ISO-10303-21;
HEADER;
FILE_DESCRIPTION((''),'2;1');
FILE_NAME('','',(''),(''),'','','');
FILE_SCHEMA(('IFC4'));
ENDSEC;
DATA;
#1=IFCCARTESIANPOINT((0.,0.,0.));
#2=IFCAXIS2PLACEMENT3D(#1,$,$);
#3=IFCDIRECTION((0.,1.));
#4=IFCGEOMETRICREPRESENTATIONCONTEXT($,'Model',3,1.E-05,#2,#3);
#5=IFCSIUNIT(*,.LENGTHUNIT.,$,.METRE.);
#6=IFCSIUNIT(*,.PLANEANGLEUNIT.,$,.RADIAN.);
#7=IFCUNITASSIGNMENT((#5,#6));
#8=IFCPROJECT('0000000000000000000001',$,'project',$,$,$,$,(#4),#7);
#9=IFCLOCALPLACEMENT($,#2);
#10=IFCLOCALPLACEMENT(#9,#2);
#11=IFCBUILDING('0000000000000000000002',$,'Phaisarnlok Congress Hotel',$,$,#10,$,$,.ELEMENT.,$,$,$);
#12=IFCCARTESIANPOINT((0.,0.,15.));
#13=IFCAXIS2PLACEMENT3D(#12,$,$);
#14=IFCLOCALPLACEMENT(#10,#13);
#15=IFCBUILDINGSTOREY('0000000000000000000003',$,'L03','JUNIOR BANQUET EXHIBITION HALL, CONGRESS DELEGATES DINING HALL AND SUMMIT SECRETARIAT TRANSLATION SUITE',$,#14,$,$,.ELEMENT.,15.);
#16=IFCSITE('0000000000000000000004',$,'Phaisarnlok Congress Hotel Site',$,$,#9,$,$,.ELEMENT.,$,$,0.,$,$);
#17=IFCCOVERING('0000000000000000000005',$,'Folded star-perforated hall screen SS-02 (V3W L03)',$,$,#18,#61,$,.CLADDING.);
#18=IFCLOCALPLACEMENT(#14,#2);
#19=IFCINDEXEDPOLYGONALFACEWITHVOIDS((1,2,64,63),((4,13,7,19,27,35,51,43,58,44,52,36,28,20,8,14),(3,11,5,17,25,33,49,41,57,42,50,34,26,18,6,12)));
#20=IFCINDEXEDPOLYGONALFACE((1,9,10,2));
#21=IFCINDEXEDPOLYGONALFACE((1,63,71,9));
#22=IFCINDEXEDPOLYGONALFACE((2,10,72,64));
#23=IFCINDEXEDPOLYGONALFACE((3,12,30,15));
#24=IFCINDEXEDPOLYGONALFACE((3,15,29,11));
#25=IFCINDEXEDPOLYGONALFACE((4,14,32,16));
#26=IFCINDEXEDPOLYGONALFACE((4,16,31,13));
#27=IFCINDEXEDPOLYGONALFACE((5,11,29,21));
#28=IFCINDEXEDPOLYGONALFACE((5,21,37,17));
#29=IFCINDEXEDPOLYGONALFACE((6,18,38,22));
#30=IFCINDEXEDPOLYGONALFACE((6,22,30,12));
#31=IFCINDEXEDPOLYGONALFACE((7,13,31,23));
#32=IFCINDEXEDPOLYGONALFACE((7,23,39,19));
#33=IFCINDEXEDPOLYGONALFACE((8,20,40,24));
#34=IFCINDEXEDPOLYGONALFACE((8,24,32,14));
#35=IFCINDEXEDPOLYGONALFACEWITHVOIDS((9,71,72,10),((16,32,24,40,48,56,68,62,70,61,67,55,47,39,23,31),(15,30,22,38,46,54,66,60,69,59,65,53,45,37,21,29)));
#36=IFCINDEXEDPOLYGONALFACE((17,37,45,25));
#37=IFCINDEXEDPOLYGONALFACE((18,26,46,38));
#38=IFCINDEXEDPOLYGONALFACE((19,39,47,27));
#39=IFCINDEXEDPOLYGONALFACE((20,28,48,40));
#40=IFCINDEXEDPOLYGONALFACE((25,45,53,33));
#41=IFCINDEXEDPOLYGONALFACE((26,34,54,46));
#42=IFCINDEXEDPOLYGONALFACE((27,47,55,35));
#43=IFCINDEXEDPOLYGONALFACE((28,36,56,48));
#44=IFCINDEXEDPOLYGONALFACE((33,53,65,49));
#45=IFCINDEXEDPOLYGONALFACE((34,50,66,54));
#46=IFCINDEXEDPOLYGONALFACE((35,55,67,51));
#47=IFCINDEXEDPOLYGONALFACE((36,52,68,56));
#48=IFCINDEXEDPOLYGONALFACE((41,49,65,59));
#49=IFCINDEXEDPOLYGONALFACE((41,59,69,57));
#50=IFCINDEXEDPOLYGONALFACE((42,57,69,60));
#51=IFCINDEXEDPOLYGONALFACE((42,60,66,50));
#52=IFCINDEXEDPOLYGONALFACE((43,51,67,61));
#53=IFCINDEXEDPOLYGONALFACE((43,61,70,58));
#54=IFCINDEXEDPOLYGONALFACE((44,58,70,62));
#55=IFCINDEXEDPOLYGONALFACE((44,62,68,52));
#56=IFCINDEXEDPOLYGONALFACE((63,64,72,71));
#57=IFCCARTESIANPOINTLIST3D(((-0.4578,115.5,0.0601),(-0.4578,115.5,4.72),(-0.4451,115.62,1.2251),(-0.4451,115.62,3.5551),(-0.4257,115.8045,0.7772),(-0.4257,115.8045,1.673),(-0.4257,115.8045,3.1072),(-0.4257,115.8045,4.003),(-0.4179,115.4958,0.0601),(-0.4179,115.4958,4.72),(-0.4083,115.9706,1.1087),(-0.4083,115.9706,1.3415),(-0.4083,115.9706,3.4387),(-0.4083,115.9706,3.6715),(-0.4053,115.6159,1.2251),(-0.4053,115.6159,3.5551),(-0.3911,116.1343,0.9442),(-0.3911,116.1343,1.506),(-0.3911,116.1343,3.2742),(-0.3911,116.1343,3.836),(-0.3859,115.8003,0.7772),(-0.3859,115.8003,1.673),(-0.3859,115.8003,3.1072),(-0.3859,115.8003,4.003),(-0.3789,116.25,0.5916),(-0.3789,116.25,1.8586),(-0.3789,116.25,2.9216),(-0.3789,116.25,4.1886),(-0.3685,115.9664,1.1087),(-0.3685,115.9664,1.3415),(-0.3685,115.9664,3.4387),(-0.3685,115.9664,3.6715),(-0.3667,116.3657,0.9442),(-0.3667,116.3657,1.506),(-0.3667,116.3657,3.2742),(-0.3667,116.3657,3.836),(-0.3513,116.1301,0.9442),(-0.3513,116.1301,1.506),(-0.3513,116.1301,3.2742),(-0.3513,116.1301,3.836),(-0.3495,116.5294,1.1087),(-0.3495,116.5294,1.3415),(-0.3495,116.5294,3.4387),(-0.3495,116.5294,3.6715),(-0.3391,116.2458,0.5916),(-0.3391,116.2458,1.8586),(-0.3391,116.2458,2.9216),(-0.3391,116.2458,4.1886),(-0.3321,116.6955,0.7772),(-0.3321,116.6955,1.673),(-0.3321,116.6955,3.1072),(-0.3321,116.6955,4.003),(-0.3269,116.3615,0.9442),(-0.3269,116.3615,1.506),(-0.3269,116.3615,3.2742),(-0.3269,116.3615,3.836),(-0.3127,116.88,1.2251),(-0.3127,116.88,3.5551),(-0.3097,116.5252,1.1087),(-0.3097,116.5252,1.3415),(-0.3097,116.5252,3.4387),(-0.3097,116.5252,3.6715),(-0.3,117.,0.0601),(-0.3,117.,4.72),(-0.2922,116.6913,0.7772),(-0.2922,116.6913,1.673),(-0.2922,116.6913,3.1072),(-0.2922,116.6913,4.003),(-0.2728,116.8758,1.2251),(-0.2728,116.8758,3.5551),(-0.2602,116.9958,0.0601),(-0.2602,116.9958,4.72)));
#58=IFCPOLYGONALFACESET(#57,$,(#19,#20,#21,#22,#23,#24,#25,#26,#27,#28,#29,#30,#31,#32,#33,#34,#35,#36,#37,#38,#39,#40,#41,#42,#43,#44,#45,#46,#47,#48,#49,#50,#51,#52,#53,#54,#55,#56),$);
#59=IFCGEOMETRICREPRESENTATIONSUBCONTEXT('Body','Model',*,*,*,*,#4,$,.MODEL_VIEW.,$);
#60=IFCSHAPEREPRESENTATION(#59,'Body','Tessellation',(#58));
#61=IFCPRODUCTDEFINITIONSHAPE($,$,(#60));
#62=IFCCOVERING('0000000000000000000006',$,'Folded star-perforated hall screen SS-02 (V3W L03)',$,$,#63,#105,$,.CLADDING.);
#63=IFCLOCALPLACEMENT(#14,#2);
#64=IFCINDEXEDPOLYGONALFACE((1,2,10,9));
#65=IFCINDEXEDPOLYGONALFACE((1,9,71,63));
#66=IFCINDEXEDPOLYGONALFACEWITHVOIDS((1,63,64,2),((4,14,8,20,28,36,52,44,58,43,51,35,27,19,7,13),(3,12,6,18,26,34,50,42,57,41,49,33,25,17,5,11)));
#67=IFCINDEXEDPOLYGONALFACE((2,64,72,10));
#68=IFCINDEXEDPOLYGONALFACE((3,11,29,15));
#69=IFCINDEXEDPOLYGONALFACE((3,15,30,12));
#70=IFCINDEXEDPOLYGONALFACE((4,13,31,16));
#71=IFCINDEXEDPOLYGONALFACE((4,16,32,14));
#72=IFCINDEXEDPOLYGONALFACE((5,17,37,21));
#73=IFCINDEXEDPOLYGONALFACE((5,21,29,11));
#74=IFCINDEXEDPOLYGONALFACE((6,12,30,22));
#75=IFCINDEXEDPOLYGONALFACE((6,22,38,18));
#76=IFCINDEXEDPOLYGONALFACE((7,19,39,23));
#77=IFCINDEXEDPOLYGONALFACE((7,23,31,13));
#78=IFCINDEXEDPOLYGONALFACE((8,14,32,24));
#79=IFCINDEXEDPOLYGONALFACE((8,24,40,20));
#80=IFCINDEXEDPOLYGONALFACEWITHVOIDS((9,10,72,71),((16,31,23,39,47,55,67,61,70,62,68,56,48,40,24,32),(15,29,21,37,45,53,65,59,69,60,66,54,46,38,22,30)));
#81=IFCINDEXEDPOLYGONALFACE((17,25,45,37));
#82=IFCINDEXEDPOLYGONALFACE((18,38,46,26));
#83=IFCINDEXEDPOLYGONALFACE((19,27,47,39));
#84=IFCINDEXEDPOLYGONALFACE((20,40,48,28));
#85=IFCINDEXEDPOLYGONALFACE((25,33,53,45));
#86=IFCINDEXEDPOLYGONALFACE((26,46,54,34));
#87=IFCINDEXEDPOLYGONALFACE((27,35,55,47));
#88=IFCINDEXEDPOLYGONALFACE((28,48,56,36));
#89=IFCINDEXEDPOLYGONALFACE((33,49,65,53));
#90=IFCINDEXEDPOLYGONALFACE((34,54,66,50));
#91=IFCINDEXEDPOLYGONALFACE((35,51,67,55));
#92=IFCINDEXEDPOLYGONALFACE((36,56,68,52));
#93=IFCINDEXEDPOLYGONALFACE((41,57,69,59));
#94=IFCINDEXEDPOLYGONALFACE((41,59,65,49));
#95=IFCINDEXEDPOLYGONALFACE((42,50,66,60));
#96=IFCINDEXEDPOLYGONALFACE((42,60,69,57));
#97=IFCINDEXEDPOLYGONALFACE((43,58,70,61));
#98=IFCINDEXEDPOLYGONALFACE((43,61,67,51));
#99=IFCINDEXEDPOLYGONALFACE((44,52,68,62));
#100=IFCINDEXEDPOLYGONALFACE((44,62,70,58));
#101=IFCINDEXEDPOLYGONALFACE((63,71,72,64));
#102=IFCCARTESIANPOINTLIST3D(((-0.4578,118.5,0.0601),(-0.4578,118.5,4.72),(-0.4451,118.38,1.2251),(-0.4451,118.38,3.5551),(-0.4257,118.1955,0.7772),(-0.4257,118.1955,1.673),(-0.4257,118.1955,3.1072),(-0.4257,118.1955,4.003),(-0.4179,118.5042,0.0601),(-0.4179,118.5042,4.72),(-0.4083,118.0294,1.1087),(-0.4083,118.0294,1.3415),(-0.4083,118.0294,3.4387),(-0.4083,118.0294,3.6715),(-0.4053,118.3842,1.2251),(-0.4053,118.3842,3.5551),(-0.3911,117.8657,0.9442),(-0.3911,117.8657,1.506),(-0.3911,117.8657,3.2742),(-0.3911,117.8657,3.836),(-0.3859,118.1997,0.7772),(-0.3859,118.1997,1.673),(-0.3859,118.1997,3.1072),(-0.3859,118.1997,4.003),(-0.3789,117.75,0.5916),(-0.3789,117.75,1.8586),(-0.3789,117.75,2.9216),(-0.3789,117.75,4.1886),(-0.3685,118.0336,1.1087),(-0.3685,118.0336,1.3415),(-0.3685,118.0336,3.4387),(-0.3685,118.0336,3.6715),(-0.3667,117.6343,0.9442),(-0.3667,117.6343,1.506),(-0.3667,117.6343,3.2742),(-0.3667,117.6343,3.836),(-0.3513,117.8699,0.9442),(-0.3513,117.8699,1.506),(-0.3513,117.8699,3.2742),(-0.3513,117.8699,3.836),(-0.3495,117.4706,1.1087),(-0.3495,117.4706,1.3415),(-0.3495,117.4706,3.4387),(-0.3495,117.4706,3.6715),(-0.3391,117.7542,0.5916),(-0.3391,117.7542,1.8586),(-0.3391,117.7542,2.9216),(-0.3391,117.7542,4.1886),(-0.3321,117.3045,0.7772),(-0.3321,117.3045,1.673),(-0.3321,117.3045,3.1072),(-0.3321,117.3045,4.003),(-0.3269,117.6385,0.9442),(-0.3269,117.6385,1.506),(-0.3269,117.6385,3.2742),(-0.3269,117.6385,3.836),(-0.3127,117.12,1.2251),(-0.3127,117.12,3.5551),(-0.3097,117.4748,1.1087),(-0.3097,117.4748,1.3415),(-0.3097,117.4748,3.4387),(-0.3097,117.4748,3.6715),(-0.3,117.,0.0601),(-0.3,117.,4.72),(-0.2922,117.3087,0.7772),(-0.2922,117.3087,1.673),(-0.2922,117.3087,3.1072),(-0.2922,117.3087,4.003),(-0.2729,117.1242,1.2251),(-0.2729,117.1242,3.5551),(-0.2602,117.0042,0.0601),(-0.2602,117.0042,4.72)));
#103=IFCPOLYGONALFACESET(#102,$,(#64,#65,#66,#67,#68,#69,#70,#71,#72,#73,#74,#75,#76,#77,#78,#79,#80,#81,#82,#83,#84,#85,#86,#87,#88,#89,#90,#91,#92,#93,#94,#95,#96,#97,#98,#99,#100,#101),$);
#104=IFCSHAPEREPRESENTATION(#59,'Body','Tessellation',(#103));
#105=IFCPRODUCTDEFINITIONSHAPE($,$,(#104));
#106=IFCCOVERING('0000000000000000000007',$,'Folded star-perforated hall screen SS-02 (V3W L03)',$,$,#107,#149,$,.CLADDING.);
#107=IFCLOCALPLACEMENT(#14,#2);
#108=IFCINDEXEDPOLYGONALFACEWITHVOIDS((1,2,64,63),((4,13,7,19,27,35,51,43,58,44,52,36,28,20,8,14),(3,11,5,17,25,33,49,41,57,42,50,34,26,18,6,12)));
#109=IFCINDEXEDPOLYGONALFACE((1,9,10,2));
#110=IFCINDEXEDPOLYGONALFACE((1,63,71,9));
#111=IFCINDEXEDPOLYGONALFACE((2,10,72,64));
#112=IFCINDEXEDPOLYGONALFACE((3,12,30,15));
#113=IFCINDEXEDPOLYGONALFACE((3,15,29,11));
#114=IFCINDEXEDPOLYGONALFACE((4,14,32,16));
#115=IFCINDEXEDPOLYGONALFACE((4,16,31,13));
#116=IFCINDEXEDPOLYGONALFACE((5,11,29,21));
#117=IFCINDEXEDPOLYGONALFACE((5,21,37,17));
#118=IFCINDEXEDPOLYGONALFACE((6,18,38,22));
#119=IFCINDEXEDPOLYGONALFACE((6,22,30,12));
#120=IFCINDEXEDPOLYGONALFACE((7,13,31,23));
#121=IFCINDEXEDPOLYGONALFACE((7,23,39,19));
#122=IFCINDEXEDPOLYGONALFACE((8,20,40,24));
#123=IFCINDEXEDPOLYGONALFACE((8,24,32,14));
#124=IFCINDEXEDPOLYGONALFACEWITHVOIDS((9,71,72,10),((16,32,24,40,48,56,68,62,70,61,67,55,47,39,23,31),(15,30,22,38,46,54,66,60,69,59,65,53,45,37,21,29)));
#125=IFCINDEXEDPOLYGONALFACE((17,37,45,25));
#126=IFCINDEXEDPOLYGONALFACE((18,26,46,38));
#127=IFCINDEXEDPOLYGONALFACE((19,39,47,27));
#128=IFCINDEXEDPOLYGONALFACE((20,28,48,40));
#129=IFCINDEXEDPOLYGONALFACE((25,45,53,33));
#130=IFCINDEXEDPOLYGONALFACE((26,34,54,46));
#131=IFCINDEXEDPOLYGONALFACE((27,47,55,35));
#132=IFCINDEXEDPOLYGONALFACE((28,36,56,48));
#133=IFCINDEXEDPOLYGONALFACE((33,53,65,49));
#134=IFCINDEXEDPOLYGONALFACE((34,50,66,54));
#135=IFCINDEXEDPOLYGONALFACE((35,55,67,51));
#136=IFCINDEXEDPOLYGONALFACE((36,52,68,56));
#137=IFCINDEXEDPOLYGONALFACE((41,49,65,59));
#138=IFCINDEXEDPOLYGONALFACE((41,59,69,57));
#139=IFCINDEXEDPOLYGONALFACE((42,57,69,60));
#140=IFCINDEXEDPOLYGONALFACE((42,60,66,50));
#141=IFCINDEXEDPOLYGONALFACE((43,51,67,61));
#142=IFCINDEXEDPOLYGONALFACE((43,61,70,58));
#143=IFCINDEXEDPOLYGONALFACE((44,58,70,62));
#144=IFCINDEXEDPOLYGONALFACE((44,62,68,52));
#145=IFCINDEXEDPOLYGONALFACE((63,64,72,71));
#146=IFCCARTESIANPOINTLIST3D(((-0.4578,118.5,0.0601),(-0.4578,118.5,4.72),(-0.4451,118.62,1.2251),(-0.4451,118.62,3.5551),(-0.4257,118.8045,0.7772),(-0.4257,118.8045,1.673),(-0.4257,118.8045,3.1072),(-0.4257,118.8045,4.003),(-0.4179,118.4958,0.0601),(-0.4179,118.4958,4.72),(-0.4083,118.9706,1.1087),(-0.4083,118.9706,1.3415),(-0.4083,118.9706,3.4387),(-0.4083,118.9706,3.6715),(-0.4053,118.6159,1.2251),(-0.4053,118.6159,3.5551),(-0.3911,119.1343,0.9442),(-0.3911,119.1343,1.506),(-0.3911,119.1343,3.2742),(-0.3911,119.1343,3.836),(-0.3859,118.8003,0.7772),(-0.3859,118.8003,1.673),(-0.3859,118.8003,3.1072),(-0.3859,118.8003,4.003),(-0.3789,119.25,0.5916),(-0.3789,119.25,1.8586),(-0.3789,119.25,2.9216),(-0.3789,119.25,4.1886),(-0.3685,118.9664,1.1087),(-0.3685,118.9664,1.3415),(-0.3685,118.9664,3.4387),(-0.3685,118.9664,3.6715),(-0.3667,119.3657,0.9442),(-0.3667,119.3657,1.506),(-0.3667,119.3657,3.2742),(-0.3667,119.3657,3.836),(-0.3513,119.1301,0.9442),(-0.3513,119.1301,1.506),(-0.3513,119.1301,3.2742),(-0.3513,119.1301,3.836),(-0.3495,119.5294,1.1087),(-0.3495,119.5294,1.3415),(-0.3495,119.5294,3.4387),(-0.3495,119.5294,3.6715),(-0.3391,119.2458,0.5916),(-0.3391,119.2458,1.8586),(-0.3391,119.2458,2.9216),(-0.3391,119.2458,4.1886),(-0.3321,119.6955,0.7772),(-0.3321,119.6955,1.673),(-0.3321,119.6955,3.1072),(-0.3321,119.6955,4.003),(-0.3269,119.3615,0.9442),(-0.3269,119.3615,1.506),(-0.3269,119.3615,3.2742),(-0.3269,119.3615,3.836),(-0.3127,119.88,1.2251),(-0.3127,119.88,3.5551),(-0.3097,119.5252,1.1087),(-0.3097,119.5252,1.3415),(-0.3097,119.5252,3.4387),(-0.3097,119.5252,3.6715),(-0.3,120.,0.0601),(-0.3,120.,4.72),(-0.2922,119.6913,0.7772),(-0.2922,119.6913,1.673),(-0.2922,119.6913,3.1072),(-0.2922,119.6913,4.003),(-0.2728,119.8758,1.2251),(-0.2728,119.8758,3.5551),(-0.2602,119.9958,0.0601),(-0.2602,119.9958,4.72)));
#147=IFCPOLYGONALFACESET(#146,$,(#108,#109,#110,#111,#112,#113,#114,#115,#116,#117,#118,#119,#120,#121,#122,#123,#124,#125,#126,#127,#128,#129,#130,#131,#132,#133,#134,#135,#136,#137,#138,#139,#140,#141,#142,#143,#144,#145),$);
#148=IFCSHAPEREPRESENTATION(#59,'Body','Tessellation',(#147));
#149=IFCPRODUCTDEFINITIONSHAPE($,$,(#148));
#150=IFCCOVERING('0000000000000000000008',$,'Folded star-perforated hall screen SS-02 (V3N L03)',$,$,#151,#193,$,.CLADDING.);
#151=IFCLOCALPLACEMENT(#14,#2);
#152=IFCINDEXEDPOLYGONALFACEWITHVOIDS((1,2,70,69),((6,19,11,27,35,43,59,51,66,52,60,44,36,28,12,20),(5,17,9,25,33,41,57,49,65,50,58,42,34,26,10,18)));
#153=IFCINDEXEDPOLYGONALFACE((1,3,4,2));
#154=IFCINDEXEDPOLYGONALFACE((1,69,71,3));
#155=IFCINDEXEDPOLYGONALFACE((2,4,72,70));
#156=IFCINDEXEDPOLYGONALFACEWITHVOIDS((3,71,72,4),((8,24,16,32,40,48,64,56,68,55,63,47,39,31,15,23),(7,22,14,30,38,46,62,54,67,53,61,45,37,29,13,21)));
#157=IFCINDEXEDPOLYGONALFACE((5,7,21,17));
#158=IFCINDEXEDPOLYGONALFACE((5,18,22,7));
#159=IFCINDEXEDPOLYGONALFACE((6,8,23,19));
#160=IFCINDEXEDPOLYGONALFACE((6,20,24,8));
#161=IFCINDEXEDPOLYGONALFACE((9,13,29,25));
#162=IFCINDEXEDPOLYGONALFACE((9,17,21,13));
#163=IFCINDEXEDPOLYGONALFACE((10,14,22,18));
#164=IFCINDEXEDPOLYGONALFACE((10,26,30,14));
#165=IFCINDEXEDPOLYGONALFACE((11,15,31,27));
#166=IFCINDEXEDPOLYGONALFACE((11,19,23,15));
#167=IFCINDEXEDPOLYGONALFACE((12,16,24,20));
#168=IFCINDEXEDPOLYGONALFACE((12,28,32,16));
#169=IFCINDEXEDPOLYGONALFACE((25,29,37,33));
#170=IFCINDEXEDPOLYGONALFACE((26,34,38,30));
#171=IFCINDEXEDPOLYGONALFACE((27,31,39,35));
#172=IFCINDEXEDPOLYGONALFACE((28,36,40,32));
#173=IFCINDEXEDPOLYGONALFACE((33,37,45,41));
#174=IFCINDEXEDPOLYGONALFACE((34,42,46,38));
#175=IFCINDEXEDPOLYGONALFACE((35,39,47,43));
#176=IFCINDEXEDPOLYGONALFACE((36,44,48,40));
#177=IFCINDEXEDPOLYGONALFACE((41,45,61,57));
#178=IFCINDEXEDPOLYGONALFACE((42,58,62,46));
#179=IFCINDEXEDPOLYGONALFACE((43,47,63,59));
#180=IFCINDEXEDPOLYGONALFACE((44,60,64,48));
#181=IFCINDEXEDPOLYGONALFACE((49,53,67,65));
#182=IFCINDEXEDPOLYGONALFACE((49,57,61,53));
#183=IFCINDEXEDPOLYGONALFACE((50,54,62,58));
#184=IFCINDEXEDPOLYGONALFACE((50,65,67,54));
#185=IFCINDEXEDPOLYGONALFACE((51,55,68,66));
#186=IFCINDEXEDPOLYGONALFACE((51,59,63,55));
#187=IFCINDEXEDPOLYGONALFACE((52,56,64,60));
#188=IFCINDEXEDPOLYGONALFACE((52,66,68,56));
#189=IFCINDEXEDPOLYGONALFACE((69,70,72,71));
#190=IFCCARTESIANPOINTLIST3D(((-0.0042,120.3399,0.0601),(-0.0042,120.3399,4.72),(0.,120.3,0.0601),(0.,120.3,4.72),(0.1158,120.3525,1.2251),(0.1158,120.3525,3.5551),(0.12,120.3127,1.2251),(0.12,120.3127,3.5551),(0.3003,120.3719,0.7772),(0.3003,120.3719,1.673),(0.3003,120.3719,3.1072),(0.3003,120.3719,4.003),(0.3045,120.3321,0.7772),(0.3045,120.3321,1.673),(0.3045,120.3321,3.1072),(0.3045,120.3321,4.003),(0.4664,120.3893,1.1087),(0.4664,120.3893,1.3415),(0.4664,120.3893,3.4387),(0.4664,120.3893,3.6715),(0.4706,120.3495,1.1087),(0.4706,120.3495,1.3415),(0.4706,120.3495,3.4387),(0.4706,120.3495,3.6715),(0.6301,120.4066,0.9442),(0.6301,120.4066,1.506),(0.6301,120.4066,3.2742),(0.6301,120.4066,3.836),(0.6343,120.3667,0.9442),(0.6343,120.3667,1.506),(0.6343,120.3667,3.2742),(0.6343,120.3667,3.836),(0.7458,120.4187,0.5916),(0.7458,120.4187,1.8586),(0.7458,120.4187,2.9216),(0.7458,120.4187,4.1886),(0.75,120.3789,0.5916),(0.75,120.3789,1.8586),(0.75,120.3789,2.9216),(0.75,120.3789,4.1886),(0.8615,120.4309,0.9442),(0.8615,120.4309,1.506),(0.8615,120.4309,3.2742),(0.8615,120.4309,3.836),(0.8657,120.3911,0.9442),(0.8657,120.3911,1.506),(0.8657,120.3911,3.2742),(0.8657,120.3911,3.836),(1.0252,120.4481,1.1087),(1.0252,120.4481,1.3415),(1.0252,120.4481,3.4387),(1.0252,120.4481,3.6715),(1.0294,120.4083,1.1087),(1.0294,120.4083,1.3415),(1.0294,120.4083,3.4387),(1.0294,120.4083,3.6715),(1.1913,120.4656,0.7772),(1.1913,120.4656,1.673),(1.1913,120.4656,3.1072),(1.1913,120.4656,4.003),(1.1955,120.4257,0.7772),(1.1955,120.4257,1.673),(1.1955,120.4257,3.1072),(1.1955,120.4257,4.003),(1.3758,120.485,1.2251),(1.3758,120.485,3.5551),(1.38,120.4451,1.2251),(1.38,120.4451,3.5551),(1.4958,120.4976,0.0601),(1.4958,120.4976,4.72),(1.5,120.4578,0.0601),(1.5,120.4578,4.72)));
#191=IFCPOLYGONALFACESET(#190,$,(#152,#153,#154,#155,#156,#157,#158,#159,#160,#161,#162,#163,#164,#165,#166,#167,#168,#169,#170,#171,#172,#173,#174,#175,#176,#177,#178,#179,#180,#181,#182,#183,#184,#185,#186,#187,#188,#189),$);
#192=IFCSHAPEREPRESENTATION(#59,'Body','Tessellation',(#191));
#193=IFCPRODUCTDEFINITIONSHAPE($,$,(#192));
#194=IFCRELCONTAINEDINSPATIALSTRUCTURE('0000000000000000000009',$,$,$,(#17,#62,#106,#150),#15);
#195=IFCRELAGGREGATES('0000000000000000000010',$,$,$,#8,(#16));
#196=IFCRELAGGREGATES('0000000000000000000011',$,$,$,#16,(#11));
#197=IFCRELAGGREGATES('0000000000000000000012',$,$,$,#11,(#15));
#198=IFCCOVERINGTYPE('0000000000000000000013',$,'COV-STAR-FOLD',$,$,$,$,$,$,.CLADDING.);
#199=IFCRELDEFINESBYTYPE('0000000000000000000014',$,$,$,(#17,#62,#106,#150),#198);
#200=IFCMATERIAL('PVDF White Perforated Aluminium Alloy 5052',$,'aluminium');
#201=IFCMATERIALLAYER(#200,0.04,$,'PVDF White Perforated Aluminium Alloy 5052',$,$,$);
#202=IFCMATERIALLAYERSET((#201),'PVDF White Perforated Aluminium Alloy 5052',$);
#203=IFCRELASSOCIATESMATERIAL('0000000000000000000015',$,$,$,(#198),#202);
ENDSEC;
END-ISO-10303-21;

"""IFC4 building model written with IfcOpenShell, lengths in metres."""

from ifc_helpers import new_model, si_unit, direction, frame, origin, place, context, subcontext, project, spatial, polyline, outline, extrude, material, layer, layer_set, type_object, element, save


model = new_model("IFC4")

# Units and contexts
model_context = context("Model", 3, precision=1e-05, world=origin(), true_north=direction((0.0, 1.0)))
body_context = subcontext(model_context, "Body", "Model", "MODEL_VIEW")
ifc_project = project(units=[si_unit("LENGTHUNIT", "METRE"), si_unit("PLANEANGLEUNIT", "RADIAN")], contexts=[model_context])

# Site, building, storey
site_placement = place(None, origin())
site = spatial("IfcSite", under=ifc_project, at=site_placement, Name="Phaisarnlok Congress Hotel Site", CompositionType="ELEMENT", RefElevation=0.0)
building_placement = place(site_placement, origin())
building = spatial("IfcBuilding", under=site, at=building_placement, Name="Phaisarnlok Congress Hotel", CompositionType="ELEMENT")
storey_placement = place(building_placement, frame((0.0, 0.0, 15.0)))
storey = spatial("IfcBuildingStorey", under=building, at=storey_placement, Name="L03", Description="JUNIOR BANQUET EXHIBITION HALL, CONGRESS DELEGATES DINING HALL AND SUMMIT SECRETARIAT TRANSLATION SUITE", CompositionType="ELEMENT", Elevation=15.0)

# Coverings
ifc_material_1 = material(Name="PVDF White Perforated Aluminium Alloy 5052", Category="aluminium")
ifc_layer_1 = layer(ifc_material_1, 0.04, Name="PVDF White Perforated Aluminium Alloy 5052")
ifc_layer_set_1 = layer_set([ifc_layer_1], Name="PVDF White Perforated Aluminium Alloy 5052")
covering_type = type_object("IfcCoveringType", Name="COV-STAR-FOLD", PredefinedType="CLADDING", material=ifc_layer_set_1)
for number, where, z_axis, x_axis, name in (
    (1, (-0.4578, 115.5, 0.0601), (0.994518, -0.104567, 0.0), (0.104567, 0.994518, 0.0), "Folded star-perforated hall screen SS-02 (V3W L03)"),
    (2, (-0.3, 117.0, 0.0601), (0.994518, 0.104567, 0.0), (-0.104567, 0.994518, 0.0), "Folded star-perforated hall screen SS-02 (V3W L03)"),
    (3, (-0.4578, 118.5, 0.0601), (0.994518, -0.104567, 0.0), (0.104567, 0.994518, 0.0), "Folded star-perforated hall screen SS-02 (V3W L03)"),
    (4, (1.5, 120.4578, 0.0601), (-0.104567, 0.994518, 0.0), (-0.994518, -0.104567, 0.0), "Folded star-perforated hall screen SS-02 (V3N L03)"),
):
    element("IfcCovering", number, at=place(storey_placement, frame(where, z_axis=z_axis, x_axis=x_axis)), inside=storey, type_object=covering_type, Name=name, PredefinedType="CLADDING", context=body_context, shape_type="SweptSolid", body=[
        extrude(outline(polyline([(0.0, 0.0), (1.5083, 0.0), (1.5083, 4.6599), (0.0, 4.6599), (0.0, 0.0)]), holes=[polyline([(1.0351, 1.0486), (1.2021, 0.7171), (0.8705, 0.8841), (0.7541, 0.5315), (0.6378, 0.8841), (0.3062, 0.7171), (0.4732, 1.0486), (0.1207, 1.165), (0.4732, 1.2814), (0.3062, 1.6129), (0.6378, 1.4459), (0.7541, 1.7985), (0.8705, 1.4459), (1.2021, 1.6129), (1.0351, 1.2814), (1.3876, 1.165), (1.0351, 1.0486)]), polyline([(1.0351, 3.3786), (1.2021, 3.0471), (0.8705, 3.2141), (0.7541, 2.8615), (0.6378, 3.2141), (0.3062, 3.0471), (0.4732, 3.3786), (0.1207, 3.495), (0.4732, 3.6114), (0.3062, 3.9429), (0.6378, 3.7759), (0.7541, 4.1285), (0.8705, 3.7759), (1.2021, 3.9429), (1.0351, 3.6114), (1.3876, 3.495), (1.0351, 3.3786)])]), origin(), (0.0, 0.0, 1.0), 0.04),
    ])

save(model, "model.ifc")
